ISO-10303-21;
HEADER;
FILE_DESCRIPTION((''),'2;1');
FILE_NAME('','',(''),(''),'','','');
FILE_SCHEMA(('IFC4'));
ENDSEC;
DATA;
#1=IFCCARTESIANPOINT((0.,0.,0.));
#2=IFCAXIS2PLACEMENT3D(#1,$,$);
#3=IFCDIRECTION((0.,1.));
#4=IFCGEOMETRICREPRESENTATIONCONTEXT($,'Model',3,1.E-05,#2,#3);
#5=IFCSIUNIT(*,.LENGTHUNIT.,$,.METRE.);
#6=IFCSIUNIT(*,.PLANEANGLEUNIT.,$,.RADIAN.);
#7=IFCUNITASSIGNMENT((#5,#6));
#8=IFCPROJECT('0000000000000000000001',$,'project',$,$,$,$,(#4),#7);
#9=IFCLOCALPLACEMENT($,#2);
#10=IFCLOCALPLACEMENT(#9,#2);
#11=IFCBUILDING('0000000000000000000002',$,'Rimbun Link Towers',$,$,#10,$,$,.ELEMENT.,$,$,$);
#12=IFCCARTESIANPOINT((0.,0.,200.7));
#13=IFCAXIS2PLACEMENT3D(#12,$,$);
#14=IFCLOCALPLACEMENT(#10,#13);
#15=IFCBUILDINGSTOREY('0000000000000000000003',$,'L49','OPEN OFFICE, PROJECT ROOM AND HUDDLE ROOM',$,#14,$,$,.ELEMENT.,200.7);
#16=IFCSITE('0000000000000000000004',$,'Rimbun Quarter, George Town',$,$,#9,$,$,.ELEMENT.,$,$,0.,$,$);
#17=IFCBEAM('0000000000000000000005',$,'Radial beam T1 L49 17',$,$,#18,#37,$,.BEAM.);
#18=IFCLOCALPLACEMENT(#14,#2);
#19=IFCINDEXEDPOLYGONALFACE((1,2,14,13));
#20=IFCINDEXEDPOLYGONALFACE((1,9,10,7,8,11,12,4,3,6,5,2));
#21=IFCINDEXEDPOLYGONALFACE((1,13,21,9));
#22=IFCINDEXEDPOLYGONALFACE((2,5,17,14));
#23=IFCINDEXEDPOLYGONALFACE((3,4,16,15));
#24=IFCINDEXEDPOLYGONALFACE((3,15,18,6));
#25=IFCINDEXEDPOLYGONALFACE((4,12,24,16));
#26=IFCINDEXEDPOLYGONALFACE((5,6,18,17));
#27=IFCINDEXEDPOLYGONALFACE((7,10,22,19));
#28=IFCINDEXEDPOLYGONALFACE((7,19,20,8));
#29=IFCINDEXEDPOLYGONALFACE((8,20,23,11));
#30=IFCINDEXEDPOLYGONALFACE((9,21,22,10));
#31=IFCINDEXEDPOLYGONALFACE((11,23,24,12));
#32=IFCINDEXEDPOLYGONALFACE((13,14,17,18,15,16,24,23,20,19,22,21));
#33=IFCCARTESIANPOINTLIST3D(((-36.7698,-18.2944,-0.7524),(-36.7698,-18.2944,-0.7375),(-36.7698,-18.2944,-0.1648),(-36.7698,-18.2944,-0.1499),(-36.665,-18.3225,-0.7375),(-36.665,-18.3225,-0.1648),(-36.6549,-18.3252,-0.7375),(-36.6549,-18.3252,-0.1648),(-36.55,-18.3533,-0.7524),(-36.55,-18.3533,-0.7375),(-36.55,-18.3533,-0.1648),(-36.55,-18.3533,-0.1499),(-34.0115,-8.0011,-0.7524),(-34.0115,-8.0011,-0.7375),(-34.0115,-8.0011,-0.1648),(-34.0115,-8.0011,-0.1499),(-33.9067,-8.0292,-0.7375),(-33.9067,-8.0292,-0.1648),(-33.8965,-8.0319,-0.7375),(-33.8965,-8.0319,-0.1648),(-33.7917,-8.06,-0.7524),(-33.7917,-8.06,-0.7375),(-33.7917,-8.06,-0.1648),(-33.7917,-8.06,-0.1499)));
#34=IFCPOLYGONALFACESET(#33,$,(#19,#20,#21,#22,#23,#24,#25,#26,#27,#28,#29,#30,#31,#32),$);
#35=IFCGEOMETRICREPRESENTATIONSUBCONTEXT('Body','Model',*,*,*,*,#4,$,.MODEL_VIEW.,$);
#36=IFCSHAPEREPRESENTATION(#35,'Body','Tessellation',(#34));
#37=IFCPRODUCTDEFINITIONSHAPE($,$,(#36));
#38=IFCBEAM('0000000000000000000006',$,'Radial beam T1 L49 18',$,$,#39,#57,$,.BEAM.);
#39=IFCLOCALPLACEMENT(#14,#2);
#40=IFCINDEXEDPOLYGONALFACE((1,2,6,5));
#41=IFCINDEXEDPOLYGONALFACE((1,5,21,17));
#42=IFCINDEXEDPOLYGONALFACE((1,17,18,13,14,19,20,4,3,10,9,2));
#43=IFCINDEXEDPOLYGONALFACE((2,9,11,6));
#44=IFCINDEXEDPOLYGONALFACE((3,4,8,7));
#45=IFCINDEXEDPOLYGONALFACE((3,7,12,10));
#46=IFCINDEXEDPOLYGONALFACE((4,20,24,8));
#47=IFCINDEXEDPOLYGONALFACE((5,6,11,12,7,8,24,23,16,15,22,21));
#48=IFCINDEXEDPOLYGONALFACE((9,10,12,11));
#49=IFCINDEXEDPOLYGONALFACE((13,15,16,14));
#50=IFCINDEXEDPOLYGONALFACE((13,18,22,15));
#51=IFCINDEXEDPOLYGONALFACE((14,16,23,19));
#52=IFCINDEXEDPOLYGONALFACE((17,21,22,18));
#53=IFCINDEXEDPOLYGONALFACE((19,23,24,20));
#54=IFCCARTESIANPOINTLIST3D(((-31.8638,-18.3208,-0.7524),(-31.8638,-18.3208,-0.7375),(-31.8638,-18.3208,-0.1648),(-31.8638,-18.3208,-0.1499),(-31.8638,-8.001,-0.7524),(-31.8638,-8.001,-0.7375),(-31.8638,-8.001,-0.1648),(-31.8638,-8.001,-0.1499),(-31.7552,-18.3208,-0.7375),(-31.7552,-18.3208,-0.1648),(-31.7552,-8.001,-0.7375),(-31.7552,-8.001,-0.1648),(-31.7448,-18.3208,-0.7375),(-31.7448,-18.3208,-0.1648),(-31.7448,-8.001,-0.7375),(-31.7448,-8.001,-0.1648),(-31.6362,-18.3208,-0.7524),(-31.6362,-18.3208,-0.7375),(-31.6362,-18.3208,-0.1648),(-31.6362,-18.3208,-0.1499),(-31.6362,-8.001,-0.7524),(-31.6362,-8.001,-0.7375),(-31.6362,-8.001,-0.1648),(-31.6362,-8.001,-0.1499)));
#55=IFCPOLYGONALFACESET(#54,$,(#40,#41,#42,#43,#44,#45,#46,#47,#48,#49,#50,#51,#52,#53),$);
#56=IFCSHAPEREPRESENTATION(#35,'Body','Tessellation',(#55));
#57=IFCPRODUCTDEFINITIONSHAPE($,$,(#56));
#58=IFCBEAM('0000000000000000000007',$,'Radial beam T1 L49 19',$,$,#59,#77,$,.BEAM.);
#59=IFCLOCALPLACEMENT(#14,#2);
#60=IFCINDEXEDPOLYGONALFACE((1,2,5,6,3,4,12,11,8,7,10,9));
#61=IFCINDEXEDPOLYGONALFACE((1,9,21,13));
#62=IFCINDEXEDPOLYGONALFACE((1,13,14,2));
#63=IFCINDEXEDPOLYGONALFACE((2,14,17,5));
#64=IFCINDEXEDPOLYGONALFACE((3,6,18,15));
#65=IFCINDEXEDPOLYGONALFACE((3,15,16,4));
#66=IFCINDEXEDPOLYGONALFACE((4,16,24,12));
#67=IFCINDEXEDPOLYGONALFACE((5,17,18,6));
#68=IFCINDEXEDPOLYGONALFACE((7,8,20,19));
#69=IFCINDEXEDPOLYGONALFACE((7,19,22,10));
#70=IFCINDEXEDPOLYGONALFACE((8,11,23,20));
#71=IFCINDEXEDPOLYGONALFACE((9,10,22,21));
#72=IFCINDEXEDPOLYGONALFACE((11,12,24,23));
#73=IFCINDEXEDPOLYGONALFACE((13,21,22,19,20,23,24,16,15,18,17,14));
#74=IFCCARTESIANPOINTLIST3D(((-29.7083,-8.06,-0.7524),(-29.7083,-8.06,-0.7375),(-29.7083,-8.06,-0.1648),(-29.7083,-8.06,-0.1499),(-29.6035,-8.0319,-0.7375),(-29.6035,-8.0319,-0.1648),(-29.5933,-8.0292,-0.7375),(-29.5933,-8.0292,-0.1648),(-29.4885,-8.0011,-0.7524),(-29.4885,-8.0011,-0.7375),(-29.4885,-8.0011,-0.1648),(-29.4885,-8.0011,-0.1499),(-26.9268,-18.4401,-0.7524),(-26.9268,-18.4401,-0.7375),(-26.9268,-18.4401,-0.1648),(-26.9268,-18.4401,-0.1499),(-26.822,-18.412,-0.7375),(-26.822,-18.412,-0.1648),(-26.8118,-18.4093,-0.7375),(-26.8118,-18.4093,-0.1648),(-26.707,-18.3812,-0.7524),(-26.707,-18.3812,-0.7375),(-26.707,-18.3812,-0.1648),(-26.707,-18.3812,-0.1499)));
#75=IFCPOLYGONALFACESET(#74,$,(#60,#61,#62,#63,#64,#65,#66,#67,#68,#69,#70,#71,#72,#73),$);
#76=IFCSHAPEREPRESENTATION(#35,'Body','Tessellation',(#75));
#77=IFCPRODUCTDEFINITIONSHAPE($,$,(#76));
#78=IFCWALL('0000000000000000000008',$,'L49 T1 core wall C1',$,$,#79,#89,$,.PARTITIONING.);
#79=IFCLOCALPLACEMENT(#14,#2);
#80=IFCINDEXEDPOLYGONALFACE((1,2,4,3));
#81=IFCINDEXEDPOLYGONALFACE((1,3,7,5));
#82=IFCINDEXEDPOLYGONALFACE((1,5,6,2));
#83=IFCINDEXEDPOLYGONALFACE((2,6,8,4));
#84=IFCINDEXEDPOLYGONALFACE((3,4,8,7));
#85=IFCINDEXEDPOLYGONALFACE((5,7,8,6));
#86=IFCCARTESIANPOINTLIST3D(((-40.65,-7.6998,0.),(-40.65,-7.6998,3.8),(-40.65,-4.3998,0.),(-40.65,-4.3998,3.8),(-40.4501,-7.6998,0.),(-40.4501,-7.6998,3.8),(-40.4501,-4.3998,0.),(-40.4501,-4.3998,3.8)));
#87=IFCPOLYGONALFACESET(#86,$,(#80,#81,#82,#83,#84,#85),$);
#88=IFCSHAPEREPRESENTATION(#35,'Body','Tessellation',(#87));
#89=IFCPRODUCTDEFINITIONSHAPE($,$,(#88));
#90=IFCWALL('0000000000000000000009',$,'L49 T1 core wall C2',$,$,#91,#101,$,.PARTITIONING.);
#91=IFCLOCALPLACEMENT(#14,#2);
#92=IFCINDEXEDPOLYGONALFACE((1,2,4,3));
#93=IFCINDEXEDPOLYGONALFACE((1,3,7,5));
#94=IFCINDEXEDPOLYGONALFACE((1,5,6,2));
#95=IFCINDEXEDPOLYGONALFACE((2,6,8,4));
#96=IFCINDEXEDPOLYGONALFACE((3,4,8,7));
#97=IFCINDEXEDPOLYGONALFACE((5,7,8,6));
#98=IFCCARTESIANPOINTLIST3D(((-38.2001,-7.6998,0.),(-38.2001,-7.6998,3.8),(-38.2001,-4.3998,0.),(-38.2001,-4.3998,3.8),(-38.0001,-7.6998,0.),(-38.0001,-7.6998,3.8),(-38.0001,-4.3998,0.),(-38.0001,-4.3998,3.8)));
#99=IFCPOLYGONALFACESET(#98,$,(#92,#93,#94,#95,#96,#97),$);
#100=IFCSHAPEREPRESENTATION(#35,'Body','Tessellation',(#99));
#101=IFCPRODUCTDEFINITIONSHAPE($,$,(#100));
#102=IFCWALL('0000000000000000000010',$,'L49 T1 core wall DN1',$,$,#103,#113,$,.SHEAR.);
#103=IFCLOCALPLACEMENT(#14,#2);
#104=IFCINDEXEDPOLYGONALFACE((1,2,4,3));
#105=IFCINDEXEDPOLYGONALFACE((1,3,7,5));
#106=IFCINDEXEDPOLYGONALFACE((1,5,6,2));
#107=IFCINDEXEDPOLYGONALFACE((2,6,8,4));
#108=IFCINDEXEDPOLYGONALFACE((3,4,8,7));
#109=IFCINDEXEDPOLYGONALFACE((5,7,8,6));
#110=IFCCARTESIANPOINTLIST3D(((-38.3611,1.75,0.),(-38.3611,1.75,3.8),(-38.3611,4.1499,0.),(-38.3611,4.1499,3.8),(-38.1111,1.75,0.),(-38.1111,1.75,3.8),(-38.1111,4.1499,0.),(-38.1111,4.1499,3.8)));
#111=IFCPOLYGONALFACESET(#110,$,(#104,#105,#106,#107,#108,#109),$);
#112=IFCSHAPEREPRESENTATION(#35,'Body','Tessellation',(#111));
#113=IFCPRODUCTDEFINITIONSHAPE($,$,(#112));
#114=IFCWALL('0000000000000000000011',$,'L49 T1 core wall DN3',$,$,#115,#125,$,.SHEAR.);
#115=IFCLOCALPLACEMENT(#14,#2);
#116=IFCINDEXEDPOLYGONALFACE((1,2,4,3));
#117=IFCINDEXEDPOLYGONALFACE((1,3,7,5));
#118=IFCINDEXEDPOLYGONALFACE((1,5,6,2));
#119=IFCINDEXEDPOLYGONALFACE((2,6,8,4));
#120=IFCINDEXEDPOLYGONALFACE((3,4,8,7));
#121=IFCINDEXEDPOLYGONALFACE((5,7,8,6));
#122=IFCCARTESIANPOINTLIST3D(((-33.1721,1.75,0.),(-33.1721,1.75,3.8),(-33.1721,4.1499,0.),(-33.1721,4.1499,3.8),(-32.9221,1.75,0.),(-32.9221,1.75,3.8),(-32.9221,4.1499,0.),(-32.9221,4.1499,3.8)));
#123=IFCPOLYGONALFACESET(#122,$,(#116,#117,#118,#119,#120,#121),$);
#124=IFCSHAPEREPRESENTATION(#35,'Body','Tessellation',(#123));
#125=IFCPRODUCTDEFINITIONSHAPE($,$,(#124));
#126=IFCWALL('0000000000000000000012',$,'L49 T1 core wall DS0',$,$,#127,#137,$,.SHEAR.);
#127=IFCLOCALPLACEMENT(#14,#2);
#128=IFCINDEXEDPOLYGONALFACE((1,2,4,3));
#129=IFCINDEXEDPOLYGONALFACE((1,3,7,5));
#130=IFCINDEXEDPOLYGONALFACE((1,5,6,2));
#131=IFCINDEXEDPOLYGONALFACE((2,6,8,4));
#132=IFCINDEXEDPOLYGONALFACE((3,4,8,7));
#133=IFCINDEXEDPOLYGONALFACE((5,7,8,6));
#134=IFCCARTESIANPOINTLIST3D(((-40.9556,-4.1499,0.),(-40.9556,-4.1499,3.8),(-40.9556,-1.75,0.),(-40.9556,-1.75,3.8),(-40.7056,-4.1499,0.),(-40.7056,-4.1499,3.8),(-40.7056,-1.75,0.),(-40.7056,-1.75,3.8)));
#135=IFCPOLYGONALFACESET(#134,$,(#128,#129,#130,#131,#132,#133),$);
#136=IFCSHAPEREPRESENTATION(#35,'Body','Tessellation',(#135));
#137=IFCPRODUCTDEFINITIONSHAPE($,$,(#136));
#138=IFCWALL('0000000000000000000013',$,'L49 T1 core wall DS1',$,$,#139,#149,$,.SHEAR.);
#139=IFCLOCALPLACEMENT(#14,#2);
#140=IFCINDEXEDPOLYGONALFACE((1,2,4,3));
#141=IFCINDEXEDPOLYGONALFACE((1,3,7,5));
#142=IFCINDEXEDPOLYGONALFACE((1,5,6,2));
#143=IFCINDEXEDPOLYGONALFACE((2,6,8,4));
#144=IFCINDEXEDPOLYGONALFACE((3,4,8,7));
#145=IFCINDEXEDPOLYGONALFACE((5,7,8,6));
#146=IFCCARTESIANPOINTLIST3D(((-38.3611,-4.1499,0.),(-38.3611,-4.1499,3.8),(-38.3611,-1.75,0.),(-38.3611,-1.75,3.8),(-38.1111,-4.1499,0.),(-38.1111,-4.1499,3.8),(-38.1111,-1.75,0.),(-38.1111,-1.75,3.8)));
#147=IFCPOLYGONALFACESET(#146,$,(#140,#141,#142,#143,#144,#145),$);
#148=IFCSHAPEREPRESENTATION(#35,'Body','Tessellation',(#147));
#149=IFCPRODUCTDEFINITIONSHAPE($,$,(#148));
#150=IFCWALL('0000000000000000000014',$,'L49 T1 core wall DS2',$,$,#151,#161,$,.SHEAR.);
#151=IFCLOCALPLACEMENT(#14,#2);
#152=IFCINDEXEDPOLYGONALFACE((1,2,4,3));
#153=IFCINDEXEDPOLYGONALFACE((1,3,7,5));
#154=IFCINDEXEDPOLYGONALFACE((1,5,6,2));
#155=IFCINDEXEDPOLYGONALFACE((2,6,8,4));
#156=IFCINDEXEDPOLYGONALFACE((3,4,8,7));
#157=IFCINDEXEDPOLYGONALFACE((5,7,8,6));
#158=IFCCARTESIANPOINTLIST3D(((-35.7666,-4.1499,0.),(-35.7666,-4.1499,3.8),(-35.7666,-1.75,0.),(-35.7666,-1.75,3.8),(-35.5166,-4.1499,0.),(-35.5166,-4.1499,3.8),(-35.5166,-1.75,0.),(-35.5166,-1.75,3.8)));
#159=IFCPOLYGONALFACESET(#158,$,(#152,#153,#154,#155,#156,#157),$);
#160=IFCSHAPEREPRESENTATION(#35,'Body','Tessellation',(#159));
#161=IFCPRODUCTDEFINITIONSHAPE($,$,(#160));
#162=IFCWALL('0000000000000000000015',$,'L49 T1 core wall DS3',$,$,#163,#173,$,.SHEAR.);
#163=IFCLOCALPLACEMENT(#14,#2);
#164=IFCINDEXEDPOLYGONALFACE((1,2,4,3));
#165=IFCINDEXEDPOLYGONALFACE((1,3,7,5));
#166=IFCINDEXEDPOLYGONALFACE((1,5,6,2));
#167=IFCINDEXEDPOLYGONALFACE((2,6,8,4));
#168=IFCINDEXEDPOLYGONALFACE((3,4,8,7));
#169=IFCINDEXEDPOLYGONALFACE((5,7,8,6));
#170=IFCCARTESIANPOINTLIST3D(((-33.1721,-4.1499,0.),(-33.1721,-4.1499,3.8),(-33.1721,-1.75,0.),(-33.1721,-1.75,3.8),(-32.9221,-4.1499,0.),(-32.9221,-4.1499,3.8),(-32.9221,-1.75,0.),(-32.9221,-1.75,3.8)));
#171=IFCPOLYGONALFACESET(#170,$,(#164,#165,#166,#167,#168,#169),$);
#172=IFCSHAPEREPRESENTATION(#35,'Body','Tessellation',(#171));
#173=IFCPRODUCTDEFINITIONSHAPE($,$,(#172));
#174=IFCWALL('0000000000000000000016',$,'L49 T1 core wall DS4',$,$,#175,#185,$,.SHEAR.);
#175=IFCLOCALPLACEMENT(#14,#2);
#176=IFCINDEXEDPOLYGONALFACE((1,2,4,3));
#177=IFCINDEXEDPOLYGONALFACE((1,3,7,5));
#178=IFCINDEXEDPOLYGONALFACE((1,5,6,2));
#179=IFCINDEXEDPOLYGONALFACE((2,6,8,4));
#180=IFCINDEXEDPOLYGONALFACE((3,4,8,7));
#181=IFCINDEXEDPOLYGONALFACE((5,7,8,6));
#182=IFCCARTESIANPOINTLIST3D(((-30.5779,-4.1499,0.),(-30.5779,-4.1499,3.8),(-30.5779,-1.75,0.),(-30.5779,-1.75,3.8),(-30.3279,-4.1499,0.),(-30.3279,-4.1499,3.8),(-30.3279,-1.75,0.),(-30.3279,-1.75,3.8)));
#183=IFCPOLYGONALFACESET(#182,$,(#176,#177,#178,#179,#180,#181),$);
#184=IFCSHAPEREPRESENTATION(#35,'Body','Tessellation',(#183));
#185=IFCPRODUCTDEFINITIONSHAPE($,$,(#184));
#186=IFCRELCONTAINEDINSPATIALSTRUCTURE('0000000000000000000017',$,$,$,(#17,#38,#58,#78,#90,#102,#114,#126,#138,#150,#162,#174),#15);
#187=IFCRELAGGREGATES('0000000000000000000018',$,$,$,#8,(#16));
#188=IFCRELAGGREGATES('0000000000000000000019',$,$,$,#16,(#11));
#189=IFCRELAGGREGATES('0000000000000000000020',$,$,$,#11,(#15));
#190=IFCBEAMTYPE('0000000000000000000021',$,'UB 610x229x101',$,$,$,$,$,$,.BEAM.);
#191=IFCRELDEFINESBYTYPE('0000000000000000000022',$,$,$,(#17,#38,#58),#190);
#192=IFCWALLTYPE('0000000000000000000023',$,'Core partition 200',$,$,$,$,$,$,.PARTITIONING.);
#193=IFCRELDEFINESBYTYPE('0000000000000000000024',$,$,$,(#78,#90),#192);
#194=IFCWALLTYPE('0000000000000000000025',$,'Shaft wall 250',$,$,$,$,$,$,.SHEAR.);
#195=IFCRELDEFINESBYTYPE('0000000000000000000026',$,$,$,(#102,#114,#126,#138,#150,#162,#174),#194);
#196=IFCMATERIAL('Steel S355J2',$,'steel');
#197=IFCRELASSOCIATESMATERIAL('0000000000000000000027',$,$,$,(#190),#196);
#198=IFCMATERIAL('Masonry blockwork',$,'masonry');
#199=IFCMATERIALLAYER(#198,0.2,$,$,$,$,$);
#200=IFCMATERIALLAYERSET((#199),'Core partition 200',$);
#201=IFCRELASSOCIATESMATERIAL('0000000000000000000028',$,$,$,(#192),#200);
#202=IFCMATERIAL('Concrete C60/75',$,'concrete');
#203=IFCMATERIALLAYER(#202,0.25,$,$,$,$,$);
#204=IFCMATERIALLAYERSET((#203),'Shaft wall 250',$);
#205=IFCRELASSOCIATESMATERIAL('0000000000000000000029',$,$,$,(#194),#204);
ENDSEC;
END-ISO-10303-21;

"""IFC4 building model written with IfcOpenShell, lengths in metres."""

from ifc_helpers import new_model, si_unit, direction, frame, frame_2d, origin, origin_2d, place, context, subcontext, project, spatial, rectangle, i_section, extrude, material, layer, layer_set, material_profile, profile_set, type_object, element, save


model = new_model("IFC4")

# Units and contexts
model_context = context("Model", 3, precision=1e-05, world=origin(), true_north=direction((0.0, 1.0)))
body_context = subcontext(model_context, "Body", "Model", "MODEL_VIEW")
ifc_project = project(units=[si_unit("LENGTHUNIT", "METRE"), si_unit("PLANEANGLEUNIT", "RADIAN")], contexts=[model_context])

# Site, building, storey
site_placement = place(None, origin())
site = spatial("IfcSite", under=ifc_project, at=site_placement, Name="Rimbun Quarter, George Town", CompositionType="ELEMENT", RefElevation=0.0)
building_placement = place(site_placement, origin())
building = spatial("IfcBuilding", under=site, at=building_placement, Name="Rimbun Link Towers", CompositionType="ELEMENT")
storey_placement = place(building_placement, frame((0.0, 0.0, 200.7)))
storey = spatial("IfcBuildingStorey", under=building, at=storey_placement, Name="L49", Description="OPEN OFFICE, PROJECT ROOM AND HUDDLE ROOM", CompositionType="ELEMENT", Elevation=200.7)

# Beams
ifc_material_1 = material(Name="Steel S355J2", Category="steel")
ifc_material_profile = material_profile(ifc_material_1, i_section(OverallWidth=0.2275, OverallDepth=0.6025, WebThickness=0.0105, FlangeThickness=0.0149, at=origin_2d()), Name="UB 610x229x101")
ifc_profile_set = profile_set([ifc_material_profile], Name="Steel S355J2")
beam_type = type_object("IfcBeamType", Name="UB 610x229x101", PredefinedType="BEAM", material=ifc_profile_set)
beam_1_placement = place(storey_placement, frame((-33.9016, -8.0305, -0.4512), z_axis=(-0.25884, -0.96592, 0.0), x_axis=(0.96592, -0.25884, 0.0)))
element("IfcBeam", 1, at=beam_1_placement, inside=storey, type_object=beam_type, Name="Radial beam T1 L49 17", PredefinedType="BEAM", context=body_context, shape_type="SweptSolid", body=[
    extrude(i_section(OverallWidth=0.2275, OverallDepth=0.6025, WebThickness=0.0105, FlangeThickness=0.0149, at=origin_2d()), origin(), (0.0, 0.0, 1.0), 10.6565),
])
beam_2_placement = place(storey_placement, frame((-31.75, -8.001, -0.4512), z_axis=(0.0, -1.0, 0.0), x_axis=(1.0, 0.0, 0.0)))
element("IfcBeam", 2, at=beam_2_placement, inside=storey, type_object=beam_type, Name="Radial beam T1 L49 18", PredefinedType="BEAM", context=body_context, shape_type="SweptSolid", body=[
    extrude(i_section(OverallWidth=0.2275, OverallDepth=0.6025, WebThickness=0.0105, FlangeThickness=0.0149, at=origin_2d()), origin(), (0.0, 0.0, 1.0), 10.3198),
])
beam_3_placement = place(storey_placement, frame((-29.5984, -8.0305, -0.4512), z_axis=(0.258832, -0.965922, 0.0), x_axis=(0.965922, 0.258832, 0.0)))
element("IfcBeam", 3, at=beam_3_placement, inside=storey, type_object=beam_type, Name="Radial beam T1 L49 19", PredefinedType="BEAM", context=body_context, shape_type="SweptSolid", body=[
    extrude(i_section(OverallWidth=0.2275, OverallDepth=0.6025, WebThickness=0.0105, FlangeThickness=0.0149, at=origin_2d()), origin(), (0.0, 0.0, 1.0), 10.7463),
])

# Walls
ifc_material_2 = material(Name="Masonry blockwork", Category="masonry")
ifc_layer_1 = layer(ifc_material_2, 0.2)
ifc_layer_set_1 = layer_set([ifc_layer_1], Name="Core partition 200")
wall_type_1 = type_object("IfcWallType", Name="Core partition 200", PredefinedType="PARTITIONING", material=ifc_layer_set_1)
for number, where, z_axis, x_axis, name in (
    (4, (-40.55, -4.3999, 0.0), (0.0, 0.0, 1.0), (0.0, -1.0, 0.0), "L49 T1 core wall C1"),
    (5, (-38.1001, -4.3999, 0.0), (0.0, 0.0, 1.0), (0.0, -1.0, 0.0), "L49 T1 core wall C2"),
):
    element("IfcWall", number, at=place(storey_placement, frame(where, z_axis=z_axis, x_axis=x_axis)), inside=storey, type_object=wall_type_1, Name=name, PredefinedType="PARTITIONING", context=body_context, shape_type="SweptSolid", body=[
        extrude(rectangle(XDim=3.3, YDim=0.2, at=frame_2d((1.6499, 0.0))), origin(), (0.0, 0.0, 1.0), 3.8),
    ])
ifc_material_3 = material(Name="Concrete C60/75", Category="concrete")
ifc_layer_2 = layer(ifc_material_3, 0.25)
ifc_layer_set_2 = layer_set([ifc_layer_2], Name="Shaft wall 250")
wall_type_2 = type_object("IfcWallType", Name="Shaft wall 250", PredefinedType="SHEAR", material=ifc_layer_set_2)
for number, where, z_axis, x_axis, name in (
    (6, (-38.2361, 1.75, 0.0), (0.0, 0.0, 1.0), (0.0, 1.0, 0.0), "L49 T1 core wall DN1"),
    (7, (-33.0471, 1.75, 0.0), (0.0, 0.0, 1.0), (0.0, 1.0, 0.0), "L49 T1 core wall DN3"),
    (8, (-40.8306, -4.1499, 0.0), (0.0, 0.0, 1.0), (0.0, 1.0, 0.0), "L49 T1 core wall DS0"),
    (9, (-38.2361, -4.1499, 0.0), (0.0, 0.0, 1.0), (0.0, 1.0, 0.0), "L49 T1 core wall DS1"),
    (10, (-35.6416, -4.1499, 0.0), (0.0, 0.0, 1.0), (0.0, 1.0, 0.0), "L49 T1 core wall DS2"),
    (11, (-33.0471, -4.1499, 0.0), (0.0, 0.0, 1.0), (0.0, 1.0, 0.0), "L49 T1 core wall DS3"),
    (12, (-30.4529, -4.1499, 0.0), (0.0, 0.0, 1.0), (0.0, 1.0, 0.0), "L49 T1 core wall DS4"),
):
    element("IfcWall", number, at=place(storey_placement, frame(where, z_axis=z_axis, x_axis=x_axis)), inside=storey, type_object=wall_type_2, Name=name, PredefinedType="SHEAR", context=body_context, shape_type="SweptSolid", body=[
        extrude(rectangle(XDim=2.3999, YDim=0.25, at=frame_2d((1.2, 0.0))), origin(), (0.0, 0.0, 1.0), 3.8),
    ])

save(model, "model.ifc")
